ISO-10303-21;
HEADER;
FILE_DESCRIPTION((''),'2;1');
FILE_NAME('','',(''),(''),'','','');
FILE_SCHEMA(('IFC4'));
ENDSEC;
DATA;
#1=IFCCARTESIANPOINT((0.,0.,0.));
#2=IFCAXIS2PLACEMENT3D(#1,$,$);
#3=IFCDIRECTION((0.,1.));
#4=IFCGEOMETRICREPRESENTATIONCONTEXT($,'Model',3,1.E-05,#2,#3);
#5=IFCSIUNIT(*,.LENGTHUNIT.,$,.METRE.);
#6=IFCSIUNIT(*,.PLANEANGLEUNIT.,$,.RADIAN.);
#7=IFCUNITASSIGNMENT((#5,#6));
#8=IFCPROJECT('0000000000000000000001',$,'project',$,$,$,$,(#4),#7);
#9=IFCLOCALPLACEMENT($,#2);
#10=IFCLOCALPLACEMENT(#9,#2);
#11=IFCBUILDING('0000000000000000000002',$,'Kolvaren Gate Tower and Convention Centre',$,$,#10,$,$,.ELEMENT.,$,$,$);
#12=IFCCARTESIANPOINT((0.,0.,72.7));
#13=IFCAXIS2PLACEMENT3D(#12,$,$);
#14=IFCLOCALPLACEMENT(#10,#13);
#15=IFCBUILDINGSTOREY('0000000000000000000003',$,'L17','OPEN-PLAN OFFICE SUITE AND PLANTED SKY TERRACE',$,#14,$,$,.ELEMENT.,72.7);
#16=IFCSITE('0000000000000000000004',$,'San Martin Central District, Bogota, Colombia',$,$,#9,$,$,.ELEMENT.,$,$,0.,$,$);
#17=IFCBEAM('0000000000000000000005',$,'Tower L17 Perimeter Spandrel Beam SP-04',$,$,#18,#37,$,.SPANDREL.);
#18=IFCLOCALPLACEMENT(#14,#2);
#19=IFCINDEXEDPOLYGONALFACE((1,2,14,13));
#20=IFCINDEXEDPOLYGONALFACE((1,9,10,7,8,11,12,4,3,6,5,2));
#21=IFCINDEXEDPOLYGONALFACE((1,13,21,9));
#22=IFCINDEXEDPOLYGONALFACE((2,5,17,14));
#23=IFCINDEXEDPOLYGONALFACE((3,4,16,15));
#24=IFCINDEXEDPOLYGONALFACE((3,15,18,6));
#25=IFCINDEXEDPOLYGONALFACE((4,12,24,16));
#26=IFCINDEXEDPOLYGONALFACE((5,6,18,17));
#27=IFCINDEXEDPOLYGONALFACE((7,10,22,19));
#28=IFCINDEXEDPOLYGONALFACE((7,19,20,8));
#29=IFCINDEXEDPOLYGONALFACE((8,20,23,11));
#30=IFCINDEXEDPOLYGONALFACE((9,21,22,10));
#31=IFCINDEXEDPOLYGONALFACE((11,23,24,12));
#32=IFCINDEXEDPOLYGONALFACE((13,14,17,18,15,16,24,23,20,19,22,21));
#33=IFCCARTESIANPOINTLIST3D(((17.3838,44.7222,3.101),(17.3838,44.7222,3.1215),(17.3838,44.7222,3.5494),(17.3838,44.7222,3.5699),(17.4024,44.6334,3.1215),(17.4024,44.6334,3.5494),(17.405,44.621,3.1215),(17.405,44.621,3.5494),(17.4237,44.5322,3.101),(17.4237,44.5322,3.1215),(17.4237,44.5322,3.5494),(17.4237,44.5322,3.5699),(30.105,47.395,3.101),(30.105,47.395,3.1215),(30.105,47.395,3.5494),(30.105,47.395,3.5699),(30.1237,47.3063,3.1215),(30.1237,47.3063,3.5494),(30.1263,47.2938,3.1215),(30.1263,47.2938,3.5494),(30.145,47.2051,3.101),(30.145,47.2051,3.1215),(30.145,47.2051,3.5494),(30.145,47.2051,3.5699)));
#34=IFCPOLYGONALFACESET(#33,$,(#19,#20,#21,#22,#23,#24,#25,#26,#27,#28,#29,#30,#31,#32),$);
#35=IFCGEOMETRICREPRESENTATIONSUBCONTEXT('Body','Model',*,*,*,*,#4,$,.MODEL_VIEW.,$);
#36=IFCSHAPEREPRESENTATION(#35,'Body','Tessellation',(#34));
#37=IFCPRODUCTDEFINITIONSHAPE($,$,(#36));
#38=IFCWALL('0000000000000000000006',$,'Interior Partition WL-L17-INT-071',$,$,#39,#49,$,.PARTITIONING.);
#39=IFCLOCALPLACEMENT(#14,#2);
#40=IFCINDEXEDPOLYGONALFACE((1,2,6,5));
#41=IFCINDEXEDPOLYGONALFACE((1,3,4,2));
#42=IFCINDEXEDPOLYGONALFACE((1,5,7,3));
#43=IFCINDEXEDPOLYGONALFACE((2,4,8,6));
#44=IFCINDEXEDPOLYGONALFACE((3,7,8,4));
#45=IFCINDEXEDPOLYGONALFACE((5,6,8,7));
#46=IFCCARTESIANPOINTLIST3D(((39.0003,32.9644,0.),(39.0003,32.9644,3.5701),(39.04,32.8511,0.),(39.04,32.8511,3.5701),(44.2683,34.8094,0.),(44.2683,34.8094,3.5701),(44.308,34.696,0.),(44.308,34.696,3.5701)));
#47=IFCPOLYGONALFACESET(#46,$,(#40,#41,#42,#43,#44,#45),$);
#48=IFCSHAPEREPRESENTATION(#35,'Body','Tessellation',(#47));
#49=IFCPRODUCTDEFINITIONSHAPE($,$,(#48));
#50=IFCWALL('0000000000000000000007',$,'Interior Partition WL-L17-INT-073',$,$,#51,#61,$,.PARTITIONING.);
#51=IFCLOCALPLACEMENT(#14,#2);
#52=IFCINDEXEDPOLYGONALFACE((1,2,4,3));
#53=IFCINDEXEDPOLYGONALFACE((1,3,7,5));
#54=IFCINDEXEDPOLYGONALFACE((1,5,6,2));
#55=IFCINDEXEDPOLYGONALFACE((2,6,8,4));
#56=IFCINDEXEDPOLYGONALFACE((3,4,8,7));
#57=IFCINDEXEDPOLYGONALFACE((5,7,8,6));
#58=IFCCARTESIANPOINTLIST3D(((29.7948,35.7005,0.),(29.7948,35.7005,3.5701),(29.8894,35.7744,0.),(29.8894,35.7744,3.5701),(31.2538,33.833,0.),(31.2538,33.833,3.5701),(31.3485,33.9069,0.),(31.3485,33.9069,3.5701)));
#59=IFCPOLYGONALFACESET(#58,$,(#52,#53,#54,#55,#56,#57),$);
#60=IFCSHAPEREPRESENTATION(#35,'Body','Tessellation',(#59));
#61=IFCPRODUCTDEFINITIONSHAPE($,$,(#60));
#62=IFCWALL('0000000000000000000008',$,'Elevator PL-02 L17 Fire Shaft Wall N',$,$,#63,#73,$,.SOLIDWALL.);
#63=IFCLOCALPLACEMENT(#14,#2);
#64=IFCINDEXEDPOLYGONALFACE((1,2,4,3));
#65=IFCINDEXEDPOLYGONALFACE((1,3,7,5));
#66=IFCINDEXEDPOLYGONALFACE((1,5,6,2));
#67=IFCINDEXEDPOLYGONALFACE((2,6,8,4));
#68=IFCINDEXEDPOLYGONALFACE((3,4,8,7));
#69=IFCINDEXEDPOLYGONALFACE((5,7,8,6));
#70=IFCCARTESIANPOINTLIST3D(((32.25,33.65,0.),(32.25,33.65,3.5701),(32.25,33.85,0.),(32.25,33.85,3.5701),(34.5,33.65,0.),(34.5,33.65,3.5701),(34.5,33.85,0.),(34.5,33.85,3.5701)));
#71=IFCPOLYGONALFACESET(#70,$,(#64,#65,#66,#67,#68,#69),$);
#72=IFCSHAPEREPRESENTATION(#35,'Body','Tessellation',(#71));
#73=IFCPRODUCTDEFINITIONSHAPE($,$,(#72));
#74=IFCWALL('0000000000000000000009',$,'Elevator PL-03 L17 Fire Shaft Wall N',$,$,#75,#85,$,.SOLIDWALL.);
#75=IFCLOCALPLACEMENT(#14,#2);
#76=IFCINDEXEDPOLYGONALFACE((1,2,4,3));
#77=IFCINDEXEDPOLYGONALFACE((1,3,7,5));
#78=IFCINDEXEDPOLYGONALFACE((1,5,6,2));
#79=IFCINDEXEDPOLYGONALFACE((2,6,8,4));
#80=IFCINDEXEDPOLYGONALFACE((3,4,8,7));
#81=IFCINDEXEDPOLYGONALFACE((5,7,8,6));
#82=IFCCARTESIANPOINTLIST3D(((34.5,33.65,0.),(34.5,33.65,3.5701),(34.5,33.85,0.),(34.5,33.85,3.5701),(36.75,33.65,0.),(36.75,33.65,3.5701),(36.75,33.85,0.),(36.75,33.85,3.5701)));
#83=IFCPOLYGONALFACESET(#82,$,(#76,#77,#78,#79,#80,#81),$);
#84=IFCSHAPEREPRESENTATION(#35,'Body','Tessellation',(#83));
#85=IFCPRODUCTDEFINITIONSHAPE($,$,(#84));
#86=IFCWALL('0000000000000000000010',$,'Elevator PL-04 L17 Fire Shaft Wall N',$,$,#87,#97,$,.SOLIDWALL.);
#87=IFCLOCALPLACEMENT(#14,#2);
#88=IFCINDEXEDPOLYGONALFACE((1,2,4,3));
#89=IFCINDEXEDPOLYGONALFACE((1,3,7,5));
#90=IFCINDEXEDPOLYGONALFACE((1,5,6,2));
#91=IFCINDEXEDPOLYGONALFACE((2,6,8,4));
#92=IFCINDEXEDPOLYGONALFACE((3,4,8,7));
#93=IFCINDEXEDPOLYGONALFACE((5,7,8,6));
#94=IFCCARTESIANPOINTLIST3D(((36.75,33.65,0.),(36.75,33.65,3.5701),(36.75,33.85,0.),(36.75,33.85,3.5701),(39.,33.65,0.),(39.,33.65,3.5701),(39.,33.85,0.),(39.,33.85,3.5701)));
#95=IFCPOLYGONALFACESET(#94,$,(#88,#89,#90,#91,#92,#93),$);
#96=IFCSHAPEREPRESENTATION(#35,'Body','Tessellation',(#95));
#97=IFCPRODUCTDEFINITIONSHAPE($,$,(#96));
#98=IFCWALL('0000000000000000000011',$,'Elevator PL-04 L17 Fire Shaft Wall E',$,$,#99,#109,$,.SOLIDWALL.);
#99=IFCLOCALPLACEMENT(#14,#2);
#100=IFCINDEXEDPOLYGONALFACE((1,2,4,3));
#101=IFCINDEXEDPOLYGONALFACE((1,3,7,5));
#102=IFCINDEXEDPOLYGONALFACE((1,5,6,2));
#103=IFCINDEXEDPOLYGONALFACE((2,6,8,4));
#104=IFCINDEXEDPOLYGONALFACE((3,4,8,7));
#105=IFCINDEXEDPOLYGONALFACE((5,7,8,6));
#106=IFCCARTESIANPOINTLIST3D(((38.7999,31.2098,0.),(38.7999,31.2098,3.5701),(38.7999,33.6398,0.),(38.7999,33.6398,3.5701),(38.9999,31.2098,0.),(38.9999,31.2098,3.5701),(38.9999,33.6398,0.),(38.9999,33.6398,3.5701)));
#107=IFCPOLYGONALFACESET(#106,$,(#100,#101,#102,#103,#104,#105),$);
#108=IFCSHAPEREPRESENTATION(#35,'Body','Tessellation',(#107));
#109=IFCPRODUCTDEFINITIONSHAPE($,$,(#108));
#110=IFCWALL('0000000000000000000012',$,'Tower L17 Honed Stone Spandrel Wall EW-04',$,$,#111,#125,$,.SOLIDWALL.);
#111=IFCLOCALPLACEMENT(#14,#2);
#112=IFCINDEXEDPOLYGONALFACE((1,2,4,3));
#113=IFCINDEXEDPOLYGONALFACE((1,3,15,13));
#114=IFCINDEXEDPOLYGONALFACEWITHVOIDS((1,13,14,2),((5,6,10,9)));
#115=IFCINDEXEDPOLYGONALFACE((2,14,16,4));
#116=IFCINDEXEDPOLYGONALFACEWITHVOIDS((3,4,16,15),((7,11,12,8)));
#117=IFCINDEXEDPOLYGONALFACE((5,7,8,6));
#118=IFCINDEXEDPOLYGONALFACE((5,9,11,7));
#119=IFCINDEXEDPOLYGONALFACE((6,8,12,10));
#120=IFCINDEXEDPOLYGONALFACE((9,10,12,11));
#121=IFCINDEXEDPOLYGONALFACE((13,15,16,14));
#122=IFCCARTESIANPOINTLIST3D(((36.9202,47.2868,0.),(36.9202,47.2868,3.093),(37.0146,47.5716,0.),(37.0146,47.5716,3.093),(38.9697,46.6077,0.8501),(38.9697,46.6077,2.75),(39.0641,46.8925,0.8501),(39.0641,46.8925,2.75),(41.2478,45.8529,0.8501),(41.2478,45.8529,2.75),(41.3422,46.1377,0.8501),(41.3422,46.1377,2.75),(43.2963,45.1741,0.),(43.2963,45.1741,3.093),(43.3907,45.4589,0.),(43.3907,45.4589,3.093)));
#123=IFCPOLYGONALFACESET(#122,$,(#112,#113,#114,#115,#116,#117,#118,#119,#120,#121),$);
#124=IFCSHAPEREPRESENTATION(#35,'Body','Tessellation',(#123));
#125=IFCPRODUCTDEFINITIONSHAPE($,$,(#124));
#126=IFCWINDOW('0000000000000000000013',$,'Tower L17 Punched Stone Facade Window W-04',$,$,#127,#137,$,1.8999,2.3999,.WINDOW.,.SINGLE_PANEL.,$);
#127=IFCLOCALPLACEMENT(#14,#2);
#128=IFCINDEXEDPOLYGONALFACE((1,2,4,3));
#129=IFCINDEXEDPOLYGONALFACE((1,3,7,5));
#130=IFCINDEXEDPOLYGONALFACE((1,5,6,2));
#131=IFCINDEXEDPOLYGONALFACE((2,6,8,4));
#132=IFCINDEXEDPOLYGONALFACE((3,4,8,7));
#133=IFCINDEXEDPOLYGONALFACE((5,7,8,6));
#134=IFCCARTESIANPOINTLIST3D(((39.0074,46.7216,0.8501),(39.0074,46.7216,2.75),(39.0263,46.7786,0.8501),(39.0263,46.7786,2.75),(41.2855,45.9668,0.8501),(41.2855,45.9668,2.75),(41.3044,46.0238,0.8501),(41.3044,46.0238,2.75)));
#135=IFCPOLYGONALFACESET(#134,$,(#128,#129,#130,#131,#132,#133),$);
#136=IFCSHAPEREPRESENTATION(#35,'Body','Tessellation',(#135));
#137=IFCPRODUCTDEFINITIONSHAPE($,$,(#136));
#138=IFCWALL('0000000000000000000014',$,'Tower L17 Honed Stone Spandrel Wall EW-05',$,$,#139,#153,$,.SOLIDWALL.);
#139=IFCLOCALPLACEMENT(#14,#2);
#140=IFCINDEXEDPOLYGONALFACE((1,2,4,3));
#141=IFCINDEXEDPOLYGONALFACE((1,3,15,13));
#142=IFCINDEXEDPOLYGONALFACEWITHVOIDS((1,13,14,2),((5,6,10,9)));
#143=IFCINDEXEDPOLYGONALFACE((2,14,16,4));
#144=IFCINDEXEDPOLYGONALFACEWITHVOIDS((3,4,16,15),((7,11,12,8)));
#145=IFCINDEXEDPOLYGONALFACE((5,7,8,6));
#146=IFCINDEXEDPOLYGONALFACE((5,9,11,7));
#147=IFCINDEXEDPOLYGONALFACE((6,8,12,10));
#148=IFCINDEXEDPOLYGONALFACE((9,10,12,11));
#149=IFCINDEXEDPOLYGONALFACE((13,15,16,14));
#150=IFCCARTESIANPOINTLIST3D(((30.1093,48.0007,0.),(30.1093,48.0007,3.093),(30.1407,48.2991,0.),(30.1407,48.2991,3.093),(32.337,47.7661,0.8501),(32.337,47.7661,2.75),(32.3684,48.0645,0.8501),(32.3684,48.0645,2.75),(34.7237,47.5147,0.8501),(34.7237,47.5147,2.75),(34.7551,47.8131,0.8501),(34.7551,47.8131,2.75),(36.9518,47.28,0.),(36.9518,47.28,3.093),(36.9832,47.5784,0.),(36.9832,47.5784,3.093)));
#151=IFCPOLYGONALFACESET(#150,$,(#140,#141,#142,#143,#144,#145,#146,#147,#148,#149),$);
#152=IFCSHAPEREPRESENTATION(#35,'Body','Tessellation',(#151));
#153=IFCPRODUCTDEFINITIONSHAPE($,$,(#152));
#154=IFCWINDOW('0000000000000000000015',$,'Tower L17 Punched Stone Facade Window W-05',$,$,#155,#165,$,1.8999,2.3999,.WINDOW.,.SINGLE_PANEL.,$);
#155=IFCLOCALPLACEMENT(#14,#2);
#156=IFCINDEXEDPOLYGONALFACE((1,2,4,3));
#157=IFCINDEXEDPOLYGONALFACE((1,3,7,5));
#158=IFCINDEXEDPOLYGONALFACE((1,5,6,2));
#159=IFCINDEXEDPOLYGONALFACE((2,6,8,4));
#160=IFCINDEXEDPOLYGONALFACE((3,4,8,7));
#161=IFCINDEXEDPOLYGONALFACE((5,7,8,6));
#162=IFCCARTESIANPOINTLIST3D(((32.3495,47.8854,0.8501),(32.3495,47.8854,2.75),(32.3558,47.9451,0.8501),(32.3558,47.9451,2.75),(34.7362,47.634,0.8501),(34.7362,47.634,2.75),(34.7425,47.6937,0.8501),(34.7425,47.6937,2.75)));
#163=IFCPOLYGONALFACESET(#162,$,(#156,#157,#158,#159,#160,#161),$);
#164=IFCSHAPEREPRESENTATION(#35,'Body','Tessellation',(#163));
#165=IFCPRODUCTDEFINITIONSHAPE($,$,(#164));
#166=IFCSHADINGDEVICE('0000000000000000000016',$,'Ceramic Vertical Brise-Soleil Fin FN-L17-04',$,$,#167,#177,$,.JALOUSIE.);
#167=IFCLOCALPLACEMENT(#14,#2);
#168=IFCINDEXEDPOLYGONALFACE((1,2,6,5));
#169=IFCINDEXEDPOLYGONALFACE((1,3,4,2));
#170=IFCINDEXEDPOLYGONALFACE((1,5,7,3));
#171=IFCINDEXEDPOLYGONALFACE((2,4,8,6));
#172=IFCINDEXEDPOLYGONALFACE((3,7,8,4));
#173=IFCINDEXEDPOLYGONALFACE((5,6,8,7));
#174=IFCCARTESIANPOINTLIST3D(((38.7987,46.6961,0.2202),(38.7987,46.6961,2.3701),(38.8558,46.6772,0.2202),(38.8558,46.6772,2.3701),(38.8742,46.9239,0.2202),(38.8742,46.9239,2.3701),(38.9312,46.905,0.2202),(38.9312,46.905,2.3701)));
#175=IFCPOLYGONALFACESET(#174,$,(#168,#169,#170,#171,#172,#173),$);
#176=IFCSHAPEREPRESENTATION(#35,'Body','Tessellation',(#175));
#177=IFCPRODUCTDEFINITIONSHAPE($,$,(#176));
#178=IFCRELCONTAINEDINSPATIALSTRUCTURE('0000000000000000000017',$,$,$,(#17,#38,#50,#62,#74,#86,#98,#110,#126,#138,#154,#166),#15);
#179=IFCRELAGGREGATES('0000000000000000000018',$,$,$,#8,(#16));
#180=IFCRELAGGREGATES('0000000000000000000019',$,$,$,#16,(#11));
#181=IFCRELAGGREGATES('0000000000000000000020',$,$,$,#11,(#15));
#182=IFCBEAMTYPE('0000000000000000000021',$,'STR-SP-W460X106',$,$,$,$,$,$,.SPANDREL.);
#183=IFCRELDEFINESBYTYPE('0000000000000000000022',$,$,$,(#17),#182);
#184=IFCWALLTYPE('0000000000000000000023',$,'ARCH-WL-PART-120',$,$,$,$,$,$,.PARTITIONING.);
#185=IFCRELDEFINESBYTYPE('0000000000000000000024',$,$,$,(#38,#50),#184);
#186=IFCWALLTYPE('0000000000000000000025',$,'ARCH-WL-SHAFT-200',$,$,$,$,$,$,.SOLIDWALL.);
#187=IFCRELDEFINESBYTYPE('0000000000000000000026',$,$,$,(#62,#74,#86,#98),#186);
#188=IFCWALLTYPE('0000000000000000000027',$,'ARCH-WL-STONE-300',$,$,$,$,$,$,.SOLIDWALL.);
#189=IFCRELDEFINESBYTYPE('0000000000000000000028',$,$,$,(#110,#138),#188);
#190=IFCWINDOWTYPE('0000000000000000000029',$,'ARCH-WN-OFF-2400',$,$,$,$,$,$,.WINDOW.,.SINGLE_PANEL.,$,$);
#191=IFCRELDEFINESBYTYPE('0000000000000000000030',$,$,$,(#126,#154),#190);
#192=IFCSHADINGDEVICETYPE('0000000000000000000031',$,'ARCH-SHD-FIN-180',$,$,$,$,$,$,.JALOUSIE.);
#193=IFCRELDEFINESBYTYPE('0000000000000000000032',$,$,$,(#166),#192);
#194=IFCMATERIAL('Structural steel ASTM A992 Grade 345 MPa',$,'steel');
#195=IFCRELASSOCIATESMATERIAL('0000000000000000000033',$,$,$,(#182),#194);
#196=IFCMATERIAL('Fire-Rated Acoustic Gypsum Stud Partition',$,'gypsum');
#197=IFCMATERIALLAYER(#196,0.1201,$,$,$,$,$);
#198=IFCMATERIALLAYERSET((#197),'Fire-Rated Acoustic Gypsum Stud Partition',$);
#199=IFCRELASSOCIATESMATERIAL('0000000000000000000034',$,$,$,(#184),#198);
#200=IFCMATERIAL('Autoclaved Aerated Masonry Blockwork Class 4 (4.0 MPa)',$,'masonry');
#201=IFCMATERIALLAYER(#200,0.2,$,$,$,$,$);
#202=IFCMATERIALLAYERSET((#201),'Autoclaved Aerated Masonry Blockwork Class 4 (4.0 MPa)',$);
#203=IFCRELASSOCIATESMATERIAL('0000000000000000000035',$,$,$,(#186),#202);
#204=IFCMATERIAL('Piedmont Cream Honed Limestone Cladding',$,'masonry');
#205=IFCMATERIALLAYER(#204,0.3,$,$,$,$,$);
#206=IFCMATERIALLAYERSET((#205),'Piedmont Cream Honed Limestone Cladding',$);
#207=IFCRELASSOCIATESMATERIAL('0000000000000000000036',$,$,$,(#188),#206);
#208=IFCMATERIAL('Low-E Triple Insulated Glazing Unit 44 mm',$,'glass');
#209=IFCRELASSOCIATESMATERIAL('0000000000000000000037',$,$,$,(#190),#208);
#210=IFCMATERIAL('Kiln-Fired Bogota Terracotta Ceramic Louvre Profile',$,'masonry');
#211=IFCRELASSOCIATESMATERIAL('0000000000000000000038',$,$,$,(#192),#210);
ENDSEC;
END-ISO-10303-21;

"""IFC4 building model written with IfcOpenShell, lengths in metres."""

from ifc_helpers import new_model, si_unit, direction, frame, frame_2d, origin, origin_2d, place, context, subcontext, project, spatial, rectangle, i_section, extrude, material, layer, layer_set, material_profile, profile_set, type_object, element, fill, save


model = new_model("IFC4")

# Units and contexts
model_context = context("Model", 3, precision=1e-05, world=origin(), true_north=direction((0.0, 1.0)))
body_context = subcontext(model_context, "Body", "Model", "MODEL_VIEW")
ifc_project = project(units=[si_unit("LENGTHUNIT", "METRE"), si_unit("PLANEANGLEUNIT", "RADIAN")], contexts=[model_context])

# Site, building, storey
site_placement = place(None, origin())
site = spatial("IfcSite", under=ifc_project, at=site_placement, Name="San Martin Central District, Bogota, Colombia", CompositionType="ELEMENT", RefElevation=0.0)
building_placement = place(site_placement, origin())
building = spatial("IfcBuilding", under=site, at=building_placement, Name="Kolvaren Gate Tower and Convention Centre", CompositionType="ELEMENT")
storey_placement = place(building_placement, frame((0.0, 0.0, 72.7)))
storey = spatial("IfcBuildingStorey", under=building, at=storey_placement, Name="L17", Description="OPEN-PLAN OFFICE SUITE AND PLANTED SKY TERRACE", CompositionType="ELEMENT", Elevation=72.7)

# Beam
ifc_material_1 = material(Name="Structural steel ASTM A992 Grade 345 MPa", Category="steel")
ifc_material_profile_1 = material_profile(ifc_material_1, i_section(OverallWidth=0.1941, OverallDepth=0.469, WebThickness=0.0127, FlangeThickness=0.0205, at=origin_2d()), Name="W460X106")
ifc_profile_set_1 = profile_set([ifc_material_profile_1], Name="Structural steel ASTM A992 Grade 345 MPa")
beam_type_1 = type_object("IfcBeamType", Name="STR-SP-W460X106", PredefinedType="SPANDREL", material=ifc_profile_set_1)
beam_1_placement = place(storey_placement, frame((30.125, 47.3, 3.3354), z_axis=(-0.978632, -0.20562, 0.0), x_axis=(0.20562, -0.978632, 0.0)))
element("IfcBeam", 1, at=beam_1_placement, inside=storey, type_object=beam_type_1, Name="Tower L17 Perimeter Spandrel Beam SP-04", PredefinedType="SPANDREL", context=body_context, shape_type="SweptSolid", body=[
    extrude(i_section(OverallWidth=0.1941, OverallDepth=0.469, WebThickness=0.0127, FlangeThickness=0.0205, at=origin_2d()), origin(), (0.0, 0.0, 1.0), 12.999),
])

# Walls
ifc_material_2 = material(Name="Fire-Rated Acoustic Gypsum Stud Partition", Category="gypsum")
ifc_layer_1 = layer(ifc_material_2, 0.1201)
ifc_layer_set_1 = layer_set([ifc_layer_1], Name="Fire-Rated Acoustic Gypsum Stud Partition")
wall_type_1 = type_object("IfcWallType", Name="ARCH-WL-PART-120", PredefinedType="PARTITIONING", material=ifc_layer_set_1)
wall_1_placement = place(storey_placement, frame((39.02, 32.9077, 0.0), z_axis=(0.0, 0.0, 1.0), x_axis=(0.943794, 0.330534, 0.0)))
element("IfcWall", 2, at=wall_1_placement, inside=storey, type_object=wall_type_1, Name="Interior Partition WL-L17-INT-071", PredefinedType="PARTITIONING", context=body_context, shape_type="SweptSolid", body=[
    extrude(rectangle(XDim=5.5818, YDim=0.1201, at=frame_2d((2.791, 0.0))), origin(), (0.0, 0.0, 1.0), 3.5701),
])
wall_2_placement = place(storey_placement, frame((29.842, 35.7375, 0.0), z_axis=(0.0, 0.0, 1.0), x_axis=(0.615658, -0.788013, 0.0)))
element("IfcWall", 3, at=wall_2_placement, inside=storey, type_object=wall_type_1, Name="Interior Partition WL-L17-INT-073", PredefinedType="PARTITIONING", context=body_context, shape_type="SweptSolid", body=[
    extrude(rectangle(XDim=2.3699, YDim=0.1201, at=frame_2d((1.1851, 0.0))), origin(), (0.0, 0.0, 1.0), 3.5701),
])
ifc_material_3 = material(Name="Autoclaved Aerated Masonry Blockwork Class 4 (4.0 MPa)", Category="masonry")
ifc_layer_2 = layer(ifc_material_3, 0.2)
ifc_layer_set_2 = layer_set([ifc_layer_2], Name="Autoclaved Aerated Masonry Blockwork Class 4 (4.0 MPa)")
wall_type_2 = type_object("IfcWallType", Name="ARCH-WL-SHAFT-200", PredefinedType="SOLIDWALL", material=ifc_layer_set_2)
for number, where, z_axis, x_axis, name in (
    (4, (32.25, 33.75, 0.0), (0.0, 0.0, 1.0), (1.0, 0.0, 0.0), "Elevator PL-02 L17 Fire Shaft Wall N"),
    (5, (34.5, 33.75, 0.0), (0.0, 0.0, 1.0), (1.0, 0.0, 0.0), "Elevator PL-03 L17 Fire Shaft Wall N"),
    (6, (36.75, 33.75, 0.0), (0.0, 0.0, 1.0), (1.0, 0.0, 0.0), "Elevator PL-04 L17 Fire Shaft Wall N"),
):
    element("IfcWall", number, at=place(storey_placement, frame(where, z_axis=z_axis, x_axis=x_axis)), inside=storey, type_object=wall_type_2, Name=name, PredefinedType="SOLIDWALL", context=body_context, shape_type="SweptSolid", body=[
        extrude(rectangle(XDim=2.25, YDim=0.2, at=frame_2d((1.125, 0.0))), origin(), (0.0, 0.0, 1.0), 3.5701),
    ])
wall_3_placement = place(storey_placement, frame((38.8999, 31.21, 0.0), z_axis=(0.0, 0.0, 1.0), x_axis=(0.0, 1.0, 0.0)))
element("IfcWall", 7, at=wall_3_placement, inside=storey, type_object=wall_type_2, Name="Elevator PL-04 L17 Fire Shaft Wall E", PredefinedType="SOLIDWALL", context=body_context, shape_type="SweptSolid", body=[
    extrude(rectangle(XDim=2.4299, YDim=0.2, at=frame_2d((1.2148, 0.0))), origin(), (0.0, 0.0, 1.0), 3.5701),
])

# Walls, openings, windows
ifc_material_4 = material(Name="Piedmont Cream Honed Limestone Cladding", Category="masonry")
ifc_layer_3 = layer(ifc_material_4, 0.3)
ifc_layer_set_3 = layer_set([ifc_layer_3], Name="Piedmont Cream Honed Limestone Cladding")
wall_type_3 = type_object("IfcWallType", Name="ARCH-WL-STONE-300", PredefinedType="SOLIDWALL", material=ifc_layer_set_3)
wall_4_placement = place(storey_placement, frame((36.9675, 47.4292, 0.0), z_axis=(0.0, 0.0, 1.0), x_axis=(0.949245, -0.314537, 0.0)))
wall_4 = element("IfcWall", 8, at=wall_4_placement, inside=storey, type_object=wall_type_3, Name="Tower L17 Honed Stone Spandrel Wall EW-04", PredefinedType="SOLIDWALL", context=body_context, shape_type="SweptSolid", body=[
    extrude(rectangle(XDim=6.717, YDim=0.3, at=frame_2d((3.3584, 0.0))), origin(), (0.0, 0.0, 1.0), 3.093),
])
opening_1_placement = place(wall_4_placement, frame((2.1589, 0.0, 0.8501)))
opening_1 = element("IfcOpeningElement", 9, at=opening_1_placement, cuts=wall_4, PredefinedType="OPENING", context=body_context, shape_type="SweptSolid", body=[
    extrude(rectangle(XDim=2.3999, YDim=1.8999, at=frame_2d((1.2, 0.95))), frame((0.0, 0.1599, 0.0), z_axis=(0.0, -1.0, 0.0), x_axis=(1.0, 0.0, 0.0)), (0.0, 0.0, 1.0), 0.3201),
])
ifc_material_5 = material(Name="Low-E Triple Insulated Glazing Unit 44 mm", Category="glass")
window_type = type_object("IfcWindowType", Name="ARCH-WN-OFF-2400", PartitioningType="SINGLE_PANEL", PredefinedType="WINDOW", material=ifc_material_5)
window_1_placement = place(opening_1_placement, origin())
window_1 = element("IfcWindow", 10, at=window_1_placement, inside=storey, type_object=window_type, Name="Tower L17 Punched Stone Facade Window W-04", OverallHeight=1.8999, OverallWidth=2.3999, PartitioningType="SINGLE_PANEL", PredefinedType="WINDOW", context=body_context, shape_type="SweptSolid", body=[
    extrude(rectangle(XDim=2.3999, YDim=1.8999, at=frame_2d((1.2, 0.95))), frame((0.0, 0.03, 0.0), z_axis=(0.0, -1.0, 0.0), x_axis=(1.0, 0.0, 0.0)), (0.0, 0.0, 1.0), 0.0601),
])
fill(opening_1, window_1)
wall_5_placement = place(storey_placement, frame((30.125, 48.1499, 0.0), z_axis=(0.0, 0.0, 1.0), x_axis=(0.994499, -0.104748, 0.0)))
wall_5 = element("IfcWall", 11, at=wall_5_placement, inside=storey, type_object=wall_type_3, Name="Tower L17 Honed Stone Spandrel Wall EW-05", PredefinedType="SOLIDWALL", context=body_context, shape_type="SweptSolid", body=[
    extrude(rectangle(XDim=6.8804, YDim=0.3, at=frame_2d((3.4402, 0.0))), origin(), (0.0, 0.0, 1.0), 3.093),
])
opening_2_placement = place(wall_5_placement, frame((2.24, 0.0, 0.8501)))
opening_2 = element("IfcOpeningElement", 12, at=opening_2_placement, cuts=wall_5, PredefinedType="OPENING", context=body_context, shape_type="SweptSolid", body=[
    extrude(rectangle(XDim=2.3999, YDim=1.8999, at=frame_2d((1.2, 0.95))), frame((0.0, 0.1599, 0.0), z_axis=(0.0, -1.0, 0.0), x_axis=(1.0, 0.0, 0.0)), (0.0, 0.0, 1.0), 0.3201),
])
window_2_placement = place(opening_2_placement, origin())
window_2 = element("IfcWindow", 13, at=window_2_placement, inside=storey, type_object=window_type, Name="Tower L17 Punched Stone Facade Window W-05", OverallHeight=1.8999, OverallWidth=2.3999, PartitioningType="SINGLE_PANEL", PredefinedType="WINDOW", context=body_context, shape_type="SweptSolid", body=[
    extrude(rectangle(XDim=2.3999, YDim=1.8999, at=frame_2d((1.2, 0.95))), frame((0.0, 0.03, 0.0), z_axis=(0.0, -1.0, 0.0), x_axis=(1.0, 0.0, 0.0)), (0.0, 0.0, 1.0), 0.0601),
])
fill(opening_2, window_2)

# Shading device
ifc_material_6 = material(Name="Kiln-Fired Bogota Terracotta Ceramic Louvre Profile", Category="masonry")
shading_device_type = type_object("IfcShadingDeviceType", Name="ARCH-SHD-FIN-180", PredefinedType="JALOUSIE", material=ifc_material_6)
shading_device_placement = place(storey_placement, frame((38.865, 46.8005, 0.2202), z_axis=(0.0, 0.0, 1.0), x_axis=(0.949242, -0.314548, 0.0)))
element("IfcShadingDevice", 14, at=shading_device_placement, inside=storey, type_object=shading_device_type, Name="Ceramic Vertical Brise-Soleil Fin FN-L17-04", PredefinedType="JALOUSIE", context=body_context, shape_type="SweptSolid", body=[
    extrude(rectangle(XDim=0.0601, YDim=0.24, at=origin_2d()), origin(), (0.0, 0.0, 1.0), 2.1499),
])

save(model, "model.ifc")
